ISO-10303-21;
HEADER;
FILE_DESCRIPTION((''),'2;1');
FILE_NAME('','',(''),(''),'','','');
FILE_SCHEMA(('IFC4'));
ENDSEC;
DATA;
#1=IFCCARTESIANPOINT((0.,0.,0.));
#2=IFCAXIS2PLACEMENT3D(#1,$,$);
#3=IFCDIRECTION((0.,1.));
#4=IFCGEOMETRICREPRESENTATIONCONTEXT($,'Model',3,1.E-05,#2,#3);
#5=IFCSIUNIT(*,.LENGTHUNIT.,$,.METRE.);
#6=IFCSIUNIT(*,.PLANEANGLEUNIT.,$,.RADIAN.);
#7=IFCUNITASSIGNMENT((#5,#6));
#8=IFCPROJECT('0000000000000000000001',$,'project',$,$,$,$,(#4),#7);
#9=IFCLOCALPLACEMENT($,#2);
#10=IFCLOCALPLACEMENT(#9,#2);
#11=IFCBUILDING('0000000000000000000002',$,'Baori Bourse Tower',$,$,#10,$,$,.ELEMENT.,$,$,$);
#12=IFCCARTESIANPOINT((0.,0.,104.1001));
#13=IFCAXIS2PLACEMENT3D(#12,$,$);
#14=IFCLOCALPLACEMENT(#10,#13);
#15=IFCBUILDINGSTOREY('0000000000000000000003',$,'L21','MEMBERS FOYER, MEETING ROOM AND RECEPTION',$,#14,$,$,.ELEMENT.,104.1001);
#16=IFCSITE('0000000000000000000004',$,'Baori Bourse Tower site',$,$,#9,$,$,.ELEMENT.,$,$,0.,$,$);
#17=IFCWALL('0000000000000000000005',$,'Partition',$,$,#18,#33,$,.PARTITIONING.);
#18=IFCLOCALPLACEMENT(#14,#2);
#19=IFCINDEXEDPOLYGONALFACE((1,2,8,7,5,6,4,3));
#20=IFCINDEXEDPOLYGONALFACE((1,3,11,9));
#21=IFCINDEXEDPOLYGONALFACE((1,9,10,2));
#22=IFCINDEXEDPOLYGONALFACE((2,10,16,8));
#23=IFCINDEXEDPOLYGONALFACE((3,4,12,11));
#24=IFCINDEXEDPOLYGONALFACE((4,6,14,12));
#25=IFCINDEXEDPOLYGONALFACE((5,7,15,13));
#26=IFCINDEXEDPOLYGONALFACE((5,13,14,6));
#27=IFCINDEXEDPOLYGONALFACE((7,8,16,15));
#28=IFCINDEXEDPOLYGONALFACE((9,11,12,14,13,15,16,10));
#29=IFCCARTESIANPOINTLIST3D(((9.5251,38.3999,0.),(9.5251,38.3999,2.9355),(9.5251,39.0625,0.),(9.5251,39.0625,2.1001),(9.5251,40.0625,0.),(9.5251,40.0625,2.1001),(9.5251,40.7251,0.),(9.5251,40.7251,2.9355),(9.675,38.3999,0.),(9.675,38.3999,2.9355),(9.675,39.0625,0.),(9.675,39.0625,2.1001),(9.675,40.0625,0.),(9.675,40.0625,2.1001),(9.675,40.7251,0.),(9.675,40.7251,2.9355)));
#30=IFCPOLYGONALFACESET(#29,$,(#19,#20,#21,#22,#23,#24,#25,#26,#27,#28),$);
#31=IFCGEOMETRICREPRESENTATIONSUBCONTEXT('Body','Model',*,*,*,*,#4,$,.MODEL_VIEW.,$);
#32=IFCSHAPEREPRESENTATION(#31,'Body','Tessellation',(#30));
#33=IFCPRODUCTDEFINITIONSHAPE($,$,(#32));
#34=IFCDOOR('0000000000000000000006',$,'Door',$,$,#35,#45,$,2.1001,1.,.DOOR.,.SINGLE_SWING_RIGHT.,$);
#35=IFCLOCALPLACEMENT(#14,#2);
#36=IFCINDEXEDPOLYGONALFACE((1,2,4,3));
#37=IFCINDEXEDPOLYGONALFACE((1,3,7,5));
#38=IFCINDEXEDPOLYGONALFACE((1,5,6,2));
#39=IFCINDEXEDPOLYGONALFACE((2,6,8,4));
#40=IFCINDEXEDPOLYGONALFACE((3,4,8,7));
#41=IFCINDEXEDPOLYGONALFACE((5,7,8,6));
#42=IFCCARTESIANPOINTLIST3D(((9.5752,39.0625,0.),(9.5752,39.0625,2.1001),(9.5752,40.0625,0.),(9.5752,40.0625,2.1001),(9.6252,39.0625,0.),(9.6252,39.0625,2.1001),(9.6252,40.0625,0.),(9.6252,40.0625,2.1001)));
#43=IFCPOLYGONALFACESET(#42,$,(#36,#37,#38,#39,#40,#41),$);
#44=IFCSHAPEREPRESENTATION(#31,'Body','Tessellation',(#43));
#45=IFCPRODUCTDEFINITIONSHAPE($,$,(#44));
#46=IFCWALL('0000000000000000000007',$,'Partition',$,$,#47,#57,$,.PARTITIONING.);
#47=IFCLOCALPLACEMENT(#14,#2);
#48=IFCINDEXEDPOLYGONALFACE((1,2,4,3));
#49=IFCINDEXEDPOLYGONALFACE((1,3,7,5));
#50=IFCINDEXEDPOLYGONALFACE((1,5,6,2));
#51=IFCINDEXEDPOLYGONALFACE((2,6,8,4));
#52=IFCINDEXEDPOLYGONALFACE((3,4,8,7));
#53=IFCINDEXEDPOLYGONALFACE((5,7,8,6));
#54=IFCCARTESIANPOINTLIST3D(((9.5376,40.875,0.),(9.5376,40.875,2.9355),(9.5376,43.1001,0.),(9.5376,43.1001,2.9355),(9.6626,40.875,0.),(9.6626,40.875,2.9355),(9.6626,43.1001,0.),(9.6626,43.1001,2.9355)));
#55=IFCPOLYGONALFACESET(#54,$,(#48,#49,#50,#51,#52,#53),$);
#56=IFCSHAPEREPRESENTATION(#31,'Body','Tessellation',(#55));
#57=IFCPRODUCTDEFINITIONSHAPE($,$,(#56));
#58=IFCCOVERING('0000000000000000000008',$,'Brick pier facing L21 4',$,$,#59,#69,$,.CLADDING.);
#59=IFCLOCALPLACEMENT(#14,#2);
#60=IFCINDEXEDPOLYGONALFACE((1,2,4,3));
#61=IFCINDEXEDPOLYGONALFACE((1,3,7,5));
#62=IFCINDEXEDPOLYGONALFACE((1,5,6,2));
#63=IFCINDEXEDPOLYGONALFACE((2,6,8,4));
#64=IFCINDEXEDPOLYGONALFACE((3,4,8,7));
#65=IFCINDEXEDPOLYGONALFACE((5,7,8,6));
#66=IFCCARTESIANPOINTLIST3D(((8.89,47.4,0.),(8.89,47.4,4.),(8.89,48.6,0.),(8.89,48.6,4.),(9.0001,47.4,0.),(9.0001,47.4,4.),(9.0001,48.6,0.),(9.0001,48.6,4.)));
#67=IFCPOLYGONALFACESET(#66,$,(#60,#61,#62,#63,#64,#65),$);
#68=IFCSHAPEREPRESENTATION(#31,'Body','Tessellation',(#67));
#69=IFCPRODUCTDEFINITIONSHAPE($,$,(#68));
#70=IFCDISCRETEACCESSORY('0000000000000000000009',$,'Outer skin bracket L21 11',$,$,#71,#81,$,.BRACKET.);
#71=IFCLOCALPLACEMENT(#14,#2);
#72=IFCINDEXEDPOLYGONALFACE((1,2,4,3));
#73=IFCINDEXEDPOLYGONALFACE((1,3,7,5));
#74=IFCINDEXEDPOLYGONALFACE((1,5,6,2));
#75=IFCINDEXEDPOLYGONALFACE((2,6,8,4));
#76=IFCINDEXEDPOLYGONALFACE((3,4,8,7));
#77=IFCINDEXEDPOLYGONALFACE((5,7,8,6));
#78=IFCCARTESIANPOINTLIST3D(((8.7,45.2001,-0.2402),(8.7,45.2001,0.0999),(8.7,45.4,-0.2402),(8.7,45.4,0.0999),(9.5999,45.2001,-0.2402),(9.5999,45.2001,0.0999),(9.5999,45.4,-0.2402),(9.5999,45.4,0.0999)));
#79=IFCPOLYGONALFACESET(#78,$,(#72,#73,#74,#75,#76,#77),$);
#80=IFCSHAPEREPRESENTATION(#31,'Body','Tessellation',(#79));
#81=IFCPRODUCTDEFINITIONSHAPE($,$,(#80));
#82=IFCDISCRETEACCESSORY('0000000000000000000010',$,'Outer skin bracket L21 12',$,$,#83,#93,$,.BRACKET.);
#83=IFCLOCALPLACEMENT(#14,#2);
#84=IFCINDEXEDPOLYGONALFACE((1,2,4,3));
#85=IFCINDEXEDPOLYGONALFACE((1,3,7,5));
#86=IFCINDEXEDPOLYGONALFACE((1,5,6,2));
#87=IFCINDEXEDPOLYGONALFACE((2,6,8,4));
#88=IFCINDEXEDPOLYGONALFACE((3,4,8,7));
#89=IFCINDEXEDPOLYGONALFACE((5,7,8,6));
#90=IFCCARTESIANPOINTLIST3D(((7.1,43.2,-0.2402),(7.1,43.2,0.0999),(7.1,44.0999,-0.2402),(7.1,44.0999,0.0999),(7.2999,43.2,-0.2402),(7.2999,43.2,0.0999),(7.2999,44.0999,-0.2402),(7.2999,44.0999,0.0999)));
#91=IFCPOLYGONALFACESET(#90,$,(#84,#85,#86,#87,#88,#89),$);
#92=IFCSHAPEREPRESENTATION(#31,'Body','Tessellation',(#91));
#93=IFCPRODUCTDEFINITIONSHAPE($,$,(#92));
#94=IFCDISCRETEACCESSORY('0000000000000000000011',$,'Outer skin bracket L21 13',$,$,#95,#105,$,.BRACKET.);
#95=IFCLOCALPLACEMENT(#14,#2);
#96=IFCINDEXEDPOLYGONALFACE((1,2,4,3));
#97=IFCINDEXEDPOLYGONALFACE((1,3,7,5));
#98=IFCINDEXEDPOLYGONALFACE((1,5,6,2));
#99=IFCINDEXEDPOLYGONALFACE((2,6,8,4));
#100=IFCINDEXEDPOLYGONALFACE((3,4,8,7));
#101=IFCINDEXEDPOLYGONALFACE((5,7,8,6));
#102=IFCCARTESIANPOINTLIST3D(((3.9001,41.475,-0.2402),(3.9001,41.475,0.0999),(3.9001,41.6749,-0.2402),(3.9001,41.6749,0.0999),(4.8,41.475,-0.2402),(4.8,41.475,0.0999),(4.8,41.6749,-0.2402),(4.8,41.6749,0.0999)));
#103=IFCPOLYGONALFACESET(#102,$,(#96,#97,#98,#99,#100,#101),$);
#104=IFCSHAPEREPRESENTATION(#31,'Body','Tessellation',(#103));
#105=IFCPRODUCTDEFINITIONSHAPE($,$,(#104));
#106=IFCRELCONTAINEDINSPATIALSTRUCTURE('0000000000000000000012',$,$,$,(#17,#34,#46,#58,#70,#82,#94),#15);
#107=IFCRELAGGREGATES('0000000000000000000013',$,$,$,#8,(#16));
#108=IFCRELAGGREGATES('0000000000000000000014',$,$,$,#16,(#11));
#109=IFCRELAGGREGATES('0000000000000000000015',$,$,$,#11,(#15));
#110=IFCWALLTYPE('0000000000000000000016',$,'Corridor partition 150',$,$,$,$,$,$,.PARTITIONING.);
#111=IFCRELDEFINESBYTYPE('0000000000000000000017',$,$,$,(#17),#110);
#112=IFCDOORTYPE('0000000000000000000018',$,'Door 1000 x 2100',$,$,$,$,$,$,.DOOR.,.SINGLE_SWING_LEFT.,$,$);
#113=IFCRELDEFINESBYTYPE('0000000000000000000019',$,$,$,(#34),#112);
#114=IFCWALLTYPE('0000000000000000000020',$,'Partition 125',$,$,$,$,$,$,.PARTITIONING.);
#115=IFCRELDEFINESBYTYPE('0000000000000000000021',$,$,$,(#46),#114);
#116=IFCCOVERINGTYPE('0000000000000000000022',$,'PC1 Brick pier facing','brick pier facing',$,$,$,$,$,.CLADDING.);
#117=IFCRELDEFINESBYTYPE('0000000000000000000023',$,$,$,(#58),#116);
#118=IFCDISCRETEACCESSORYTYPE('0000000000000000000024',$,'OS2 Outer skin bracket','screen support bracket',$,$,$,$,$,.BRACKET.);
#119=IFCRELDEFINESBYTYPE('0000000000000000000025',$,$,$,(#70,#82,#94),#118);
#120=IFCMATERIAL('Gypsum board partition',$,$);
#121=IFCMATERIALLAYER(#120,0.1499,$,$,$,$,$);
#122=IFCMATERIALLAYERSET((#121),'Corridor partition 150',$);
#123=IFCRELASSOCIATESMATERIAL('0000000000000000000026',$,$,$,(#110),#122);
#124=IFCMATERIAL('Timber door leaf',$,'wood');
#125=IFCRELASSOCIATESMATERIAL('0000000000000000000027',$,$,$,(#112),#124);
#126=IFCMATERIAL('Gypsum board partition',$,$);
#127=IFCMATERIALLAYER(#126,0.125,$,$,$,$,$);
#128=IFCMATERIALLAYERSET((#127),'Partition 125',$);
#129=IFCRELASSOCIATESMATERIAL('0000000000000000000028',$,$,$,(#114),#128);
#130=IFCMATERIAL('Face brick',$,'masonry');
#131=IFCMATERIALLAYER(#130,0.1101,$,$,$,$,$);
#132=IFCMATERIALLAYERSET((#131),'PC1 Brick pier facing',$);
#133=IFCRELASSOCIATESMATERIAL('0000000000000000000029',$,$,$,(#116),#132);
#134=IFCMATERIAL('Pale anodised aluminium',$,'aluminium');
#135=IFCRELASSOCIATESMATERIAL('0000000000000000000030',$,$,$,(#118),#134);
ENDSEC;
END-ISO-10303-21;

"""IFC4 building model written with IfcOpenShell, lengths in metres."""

from ifc_helpers import new_model, si_unit, direction, frame, frame_2d, origin, origin_2d, place, context, subcontext, project, spatial, rectangle, extrude, material, layer, layer_set, type_object, element, fill, save


model = new_model("IFC4")

# Units and contexts
model_context = context("Model", 3, precision=1e-05, world=origin(), true_north=direction((0.0, 1.0)))
body_context = subcontext(model_context, "Body", "Model", "MODEL_VIEW")
ifc_project = project(units=[si_unit("LENGTHUNIT", "METRE"), si_unit("PLANEANGLEUNIT", "RADIAN")], contexts=[model_context])

# Site, building, storey
site_placement = place(None, origin())
site = spatial("IfcSite", under=ifc_project, at=site_placement, Name="Baori Bourse Tower site", CompositionType="ELEMENT", RefElevation=0.0)
building_placement = place(site_placement, origin())
building = spatial("IfcBuilding", under=site, at=building_placement, Name="Baori Bourse Tower", CompositionType="ELEMENT")
storey_placement = place(building_placement, frame((0.0, 0.0, 104.1001)))
storey = spatial("IfcBuildingStorey", under=building, at=storey_placement, Name="L21", Description="MEMBERS FOYER, MEETING ROOM AND RECEPTION", CompositionType="ELEMENT", Elevation=104.1001)

# Shared definitions
ifc_material_1 = material(Name="Gypsum board partition")
ifc_layer_1 = layer(ifc_material_1, 0.1499)
ifc_layer_set_1 = layer_set([ifc_layer_1], Name="Corridor partition 150")
wall_type_1 = type_object("IfcWallType", Name="Corridor partition 150", PredefinedType="PARTITIONING", material=ifc_layer_set_1)
ifc_material_2 = material(Name="Timber door leaf", Category="wood")
door_type = type_object("IfcDoorType", Name="Door 1000 x 2100", OperationType="SINGLE_SWING_LEFT", PredefinedType="DOOR", material=ifc_material_2)

# Wall, opening, door
wall_1_placement = place(storey_placement, frame((9.6001, 38.3999, 0.0), z_axis=(0.0, 0.0, 1.0), x_axis=(0.0, 1.0, 0.0)))
wall_1 = element("IfcWall", 1, at=wall_1_placement, inside=storey, type_object=wall_type_1, Name="Partition", PredefinedType="PARTITIONING", context=body_context, shape_type="SweptSolid", body=[
    extrude(rectangle(XDim=2.3252, YDim=0.1499, at=frame_2d((1.1626, 0.0))), origin(), (0.0, 0.0, 1.0), 2.9355),
])
opening_1_placement = place(wall_1_placement, frame((0.6626, 0.0, 0.0)))
opening_1 = element("IfcOpeningElement", 2, at=opening_1_placement, cuts=wall_1, PredefinedType="OPENING", context=body_context, shape_type="SweptSolid", body=[
    extrude(rectangle(XDim=1.0, YDim=2.1001, at=frame_2d((0.5, 1.05))), frame((0.0, 0.085, 0.0), z_axis=(0.0, -1.0, 0.0), x_axis=(1.0, 0.0, 0.0)), (0.0, 0.0, 1.0), 0.1699),
])
door_1_placement = place(opening_1_placement, origin())
door_1 = element("IfcDoor", 3, at=door_1_placement, inside=storey, type_object=door_type, Name="Door", OperationType="SINGLE_SWING_RIGHT", OverallHeight=2.1001, OverallWidth=1.0, PredefinedType="DOOR", context=body_context, shape_type="SweptSolid", body=[
    extrude(rectangle(XDim=1.0, YDim=2.1001, at=frame_2d((0.5, 1.05))), frame((0.0, 0.0249, 0.0), z_axis=(0.0, -1.0, 0.0), x_axis=(1.0, 0.0, 0.0)), (0.0, 0.0, 1.0), 0.05),
])
fill(opening_1, door_1)

# Wall
ifc_material_3 = material(Name="Gypsum board partition")
ifc_layer_2 = layer(ifc_material_3, 0.125)
ifc_layer_set_2 = layer_set([ifc_layer_2], Name="Partition 125")
wall_type_2 = type_object("IfcWallType", Name="Partition 125", PredefinedType="PARTITIONING", material=ifc_layer_set_2)
wall_2_placement = place(storey_placement, frame((9.6001, 40.875, 0.0), z_axis=(0.0, 0.0, 1.0), x_axis=(0.0, 1.0, 0.0)))
element("IfcWall", 4, at=wall_2_placement, inside=storey, type_object=wall_type_2, Name="Partition", PredefinedType="PARTITIONING", context=body_context, shape_type="SweptSolid", body=[
    extrude(rectangle(XDim=2.2251, YDim=0.125, at=frame_2d((1.1125, 0.0))), origin(), (0.0, 0.0, 1.0), 2.9355),
])

# Covering
ifc_material_4 = material(Name="Face brick", Category="masonry")
ifc_layer_3 = layer(ifc_material_4, 0.1101)
ifc_layer_set_3 = layer_set([ifc_layer_3], Name="PC1 Brick pier facing")
covering_type = type_object("IfcCoveringType", Name="PC1 Brick pier facing", Description="brick pier facing", PredefinedType="CLADDING", material=ifc_layer_set_3)
covering_placement = place(storey_placement, frame((8.9451, 48.0, 0.0), z_axis=(0.0, 0.0, 1.0), x_axis=(1.0, 0.0, 0.0)))
element("IfcCovering", 5, at=covering_placement, inside=storey, type_object=covering_type, Name="Brick pier facing L21 4", PredefinedType="CLADDING", context=body_context, shape_type="SweptSolid", body=[
    extrude(rectangle(XDim=0.1101, YDim=1.2, at=origin_2d()), origin(), (0.0, 0.0, 1.0), 4.0),
])

# Discrete accessories
ifc_material_5 = material(Name="Pale anodised aluminium", Category="aluminium")
discrete_accessory_type = type_object("IfcDiscreteAccessoryType", Name="OS2 Outer skin bracket", Description="screen support bracket", PredefinedType="BRACKET", material=ifc_material_5)
for number, where, z_axis, x_axis, name in (
    (6, (9.1499, 45.3, -0.2402), (0.0, 0.0, 1.0), (0.0, -1.0, 0.0), "Outer skin bracket L21 11"),
    (7, (7.2, 43.6499, -0.2402), (0.0, 0.0, 1.0), (-1.0, 0.0, 0.0), "Outer skin bracket L21 12"),
    (8, (4.3501, 41.575, -0.2402), (0.0, 0.0, 1.0), (0.0, -1.0, 0.0), "Outer skin bracket L21 13"),
):
    element("IfcDiscreteAccessory", number, at=place(storey_placement, frame(where, z_axis=z_axis, x_axis=x_axis)), inside=storey, type_object=discrete_accessory_type, Name=name, PredefinedType="BRACKET", context=body_context, shape_type="SweptSolid", body=[
        extrude(rectangle(XDim=0.2, YDim=0.8999, at=origin_2d()), origin(), (0.0, 0.0, 1.0), 0.3401),
    ])

save(model, "model.ifc")
